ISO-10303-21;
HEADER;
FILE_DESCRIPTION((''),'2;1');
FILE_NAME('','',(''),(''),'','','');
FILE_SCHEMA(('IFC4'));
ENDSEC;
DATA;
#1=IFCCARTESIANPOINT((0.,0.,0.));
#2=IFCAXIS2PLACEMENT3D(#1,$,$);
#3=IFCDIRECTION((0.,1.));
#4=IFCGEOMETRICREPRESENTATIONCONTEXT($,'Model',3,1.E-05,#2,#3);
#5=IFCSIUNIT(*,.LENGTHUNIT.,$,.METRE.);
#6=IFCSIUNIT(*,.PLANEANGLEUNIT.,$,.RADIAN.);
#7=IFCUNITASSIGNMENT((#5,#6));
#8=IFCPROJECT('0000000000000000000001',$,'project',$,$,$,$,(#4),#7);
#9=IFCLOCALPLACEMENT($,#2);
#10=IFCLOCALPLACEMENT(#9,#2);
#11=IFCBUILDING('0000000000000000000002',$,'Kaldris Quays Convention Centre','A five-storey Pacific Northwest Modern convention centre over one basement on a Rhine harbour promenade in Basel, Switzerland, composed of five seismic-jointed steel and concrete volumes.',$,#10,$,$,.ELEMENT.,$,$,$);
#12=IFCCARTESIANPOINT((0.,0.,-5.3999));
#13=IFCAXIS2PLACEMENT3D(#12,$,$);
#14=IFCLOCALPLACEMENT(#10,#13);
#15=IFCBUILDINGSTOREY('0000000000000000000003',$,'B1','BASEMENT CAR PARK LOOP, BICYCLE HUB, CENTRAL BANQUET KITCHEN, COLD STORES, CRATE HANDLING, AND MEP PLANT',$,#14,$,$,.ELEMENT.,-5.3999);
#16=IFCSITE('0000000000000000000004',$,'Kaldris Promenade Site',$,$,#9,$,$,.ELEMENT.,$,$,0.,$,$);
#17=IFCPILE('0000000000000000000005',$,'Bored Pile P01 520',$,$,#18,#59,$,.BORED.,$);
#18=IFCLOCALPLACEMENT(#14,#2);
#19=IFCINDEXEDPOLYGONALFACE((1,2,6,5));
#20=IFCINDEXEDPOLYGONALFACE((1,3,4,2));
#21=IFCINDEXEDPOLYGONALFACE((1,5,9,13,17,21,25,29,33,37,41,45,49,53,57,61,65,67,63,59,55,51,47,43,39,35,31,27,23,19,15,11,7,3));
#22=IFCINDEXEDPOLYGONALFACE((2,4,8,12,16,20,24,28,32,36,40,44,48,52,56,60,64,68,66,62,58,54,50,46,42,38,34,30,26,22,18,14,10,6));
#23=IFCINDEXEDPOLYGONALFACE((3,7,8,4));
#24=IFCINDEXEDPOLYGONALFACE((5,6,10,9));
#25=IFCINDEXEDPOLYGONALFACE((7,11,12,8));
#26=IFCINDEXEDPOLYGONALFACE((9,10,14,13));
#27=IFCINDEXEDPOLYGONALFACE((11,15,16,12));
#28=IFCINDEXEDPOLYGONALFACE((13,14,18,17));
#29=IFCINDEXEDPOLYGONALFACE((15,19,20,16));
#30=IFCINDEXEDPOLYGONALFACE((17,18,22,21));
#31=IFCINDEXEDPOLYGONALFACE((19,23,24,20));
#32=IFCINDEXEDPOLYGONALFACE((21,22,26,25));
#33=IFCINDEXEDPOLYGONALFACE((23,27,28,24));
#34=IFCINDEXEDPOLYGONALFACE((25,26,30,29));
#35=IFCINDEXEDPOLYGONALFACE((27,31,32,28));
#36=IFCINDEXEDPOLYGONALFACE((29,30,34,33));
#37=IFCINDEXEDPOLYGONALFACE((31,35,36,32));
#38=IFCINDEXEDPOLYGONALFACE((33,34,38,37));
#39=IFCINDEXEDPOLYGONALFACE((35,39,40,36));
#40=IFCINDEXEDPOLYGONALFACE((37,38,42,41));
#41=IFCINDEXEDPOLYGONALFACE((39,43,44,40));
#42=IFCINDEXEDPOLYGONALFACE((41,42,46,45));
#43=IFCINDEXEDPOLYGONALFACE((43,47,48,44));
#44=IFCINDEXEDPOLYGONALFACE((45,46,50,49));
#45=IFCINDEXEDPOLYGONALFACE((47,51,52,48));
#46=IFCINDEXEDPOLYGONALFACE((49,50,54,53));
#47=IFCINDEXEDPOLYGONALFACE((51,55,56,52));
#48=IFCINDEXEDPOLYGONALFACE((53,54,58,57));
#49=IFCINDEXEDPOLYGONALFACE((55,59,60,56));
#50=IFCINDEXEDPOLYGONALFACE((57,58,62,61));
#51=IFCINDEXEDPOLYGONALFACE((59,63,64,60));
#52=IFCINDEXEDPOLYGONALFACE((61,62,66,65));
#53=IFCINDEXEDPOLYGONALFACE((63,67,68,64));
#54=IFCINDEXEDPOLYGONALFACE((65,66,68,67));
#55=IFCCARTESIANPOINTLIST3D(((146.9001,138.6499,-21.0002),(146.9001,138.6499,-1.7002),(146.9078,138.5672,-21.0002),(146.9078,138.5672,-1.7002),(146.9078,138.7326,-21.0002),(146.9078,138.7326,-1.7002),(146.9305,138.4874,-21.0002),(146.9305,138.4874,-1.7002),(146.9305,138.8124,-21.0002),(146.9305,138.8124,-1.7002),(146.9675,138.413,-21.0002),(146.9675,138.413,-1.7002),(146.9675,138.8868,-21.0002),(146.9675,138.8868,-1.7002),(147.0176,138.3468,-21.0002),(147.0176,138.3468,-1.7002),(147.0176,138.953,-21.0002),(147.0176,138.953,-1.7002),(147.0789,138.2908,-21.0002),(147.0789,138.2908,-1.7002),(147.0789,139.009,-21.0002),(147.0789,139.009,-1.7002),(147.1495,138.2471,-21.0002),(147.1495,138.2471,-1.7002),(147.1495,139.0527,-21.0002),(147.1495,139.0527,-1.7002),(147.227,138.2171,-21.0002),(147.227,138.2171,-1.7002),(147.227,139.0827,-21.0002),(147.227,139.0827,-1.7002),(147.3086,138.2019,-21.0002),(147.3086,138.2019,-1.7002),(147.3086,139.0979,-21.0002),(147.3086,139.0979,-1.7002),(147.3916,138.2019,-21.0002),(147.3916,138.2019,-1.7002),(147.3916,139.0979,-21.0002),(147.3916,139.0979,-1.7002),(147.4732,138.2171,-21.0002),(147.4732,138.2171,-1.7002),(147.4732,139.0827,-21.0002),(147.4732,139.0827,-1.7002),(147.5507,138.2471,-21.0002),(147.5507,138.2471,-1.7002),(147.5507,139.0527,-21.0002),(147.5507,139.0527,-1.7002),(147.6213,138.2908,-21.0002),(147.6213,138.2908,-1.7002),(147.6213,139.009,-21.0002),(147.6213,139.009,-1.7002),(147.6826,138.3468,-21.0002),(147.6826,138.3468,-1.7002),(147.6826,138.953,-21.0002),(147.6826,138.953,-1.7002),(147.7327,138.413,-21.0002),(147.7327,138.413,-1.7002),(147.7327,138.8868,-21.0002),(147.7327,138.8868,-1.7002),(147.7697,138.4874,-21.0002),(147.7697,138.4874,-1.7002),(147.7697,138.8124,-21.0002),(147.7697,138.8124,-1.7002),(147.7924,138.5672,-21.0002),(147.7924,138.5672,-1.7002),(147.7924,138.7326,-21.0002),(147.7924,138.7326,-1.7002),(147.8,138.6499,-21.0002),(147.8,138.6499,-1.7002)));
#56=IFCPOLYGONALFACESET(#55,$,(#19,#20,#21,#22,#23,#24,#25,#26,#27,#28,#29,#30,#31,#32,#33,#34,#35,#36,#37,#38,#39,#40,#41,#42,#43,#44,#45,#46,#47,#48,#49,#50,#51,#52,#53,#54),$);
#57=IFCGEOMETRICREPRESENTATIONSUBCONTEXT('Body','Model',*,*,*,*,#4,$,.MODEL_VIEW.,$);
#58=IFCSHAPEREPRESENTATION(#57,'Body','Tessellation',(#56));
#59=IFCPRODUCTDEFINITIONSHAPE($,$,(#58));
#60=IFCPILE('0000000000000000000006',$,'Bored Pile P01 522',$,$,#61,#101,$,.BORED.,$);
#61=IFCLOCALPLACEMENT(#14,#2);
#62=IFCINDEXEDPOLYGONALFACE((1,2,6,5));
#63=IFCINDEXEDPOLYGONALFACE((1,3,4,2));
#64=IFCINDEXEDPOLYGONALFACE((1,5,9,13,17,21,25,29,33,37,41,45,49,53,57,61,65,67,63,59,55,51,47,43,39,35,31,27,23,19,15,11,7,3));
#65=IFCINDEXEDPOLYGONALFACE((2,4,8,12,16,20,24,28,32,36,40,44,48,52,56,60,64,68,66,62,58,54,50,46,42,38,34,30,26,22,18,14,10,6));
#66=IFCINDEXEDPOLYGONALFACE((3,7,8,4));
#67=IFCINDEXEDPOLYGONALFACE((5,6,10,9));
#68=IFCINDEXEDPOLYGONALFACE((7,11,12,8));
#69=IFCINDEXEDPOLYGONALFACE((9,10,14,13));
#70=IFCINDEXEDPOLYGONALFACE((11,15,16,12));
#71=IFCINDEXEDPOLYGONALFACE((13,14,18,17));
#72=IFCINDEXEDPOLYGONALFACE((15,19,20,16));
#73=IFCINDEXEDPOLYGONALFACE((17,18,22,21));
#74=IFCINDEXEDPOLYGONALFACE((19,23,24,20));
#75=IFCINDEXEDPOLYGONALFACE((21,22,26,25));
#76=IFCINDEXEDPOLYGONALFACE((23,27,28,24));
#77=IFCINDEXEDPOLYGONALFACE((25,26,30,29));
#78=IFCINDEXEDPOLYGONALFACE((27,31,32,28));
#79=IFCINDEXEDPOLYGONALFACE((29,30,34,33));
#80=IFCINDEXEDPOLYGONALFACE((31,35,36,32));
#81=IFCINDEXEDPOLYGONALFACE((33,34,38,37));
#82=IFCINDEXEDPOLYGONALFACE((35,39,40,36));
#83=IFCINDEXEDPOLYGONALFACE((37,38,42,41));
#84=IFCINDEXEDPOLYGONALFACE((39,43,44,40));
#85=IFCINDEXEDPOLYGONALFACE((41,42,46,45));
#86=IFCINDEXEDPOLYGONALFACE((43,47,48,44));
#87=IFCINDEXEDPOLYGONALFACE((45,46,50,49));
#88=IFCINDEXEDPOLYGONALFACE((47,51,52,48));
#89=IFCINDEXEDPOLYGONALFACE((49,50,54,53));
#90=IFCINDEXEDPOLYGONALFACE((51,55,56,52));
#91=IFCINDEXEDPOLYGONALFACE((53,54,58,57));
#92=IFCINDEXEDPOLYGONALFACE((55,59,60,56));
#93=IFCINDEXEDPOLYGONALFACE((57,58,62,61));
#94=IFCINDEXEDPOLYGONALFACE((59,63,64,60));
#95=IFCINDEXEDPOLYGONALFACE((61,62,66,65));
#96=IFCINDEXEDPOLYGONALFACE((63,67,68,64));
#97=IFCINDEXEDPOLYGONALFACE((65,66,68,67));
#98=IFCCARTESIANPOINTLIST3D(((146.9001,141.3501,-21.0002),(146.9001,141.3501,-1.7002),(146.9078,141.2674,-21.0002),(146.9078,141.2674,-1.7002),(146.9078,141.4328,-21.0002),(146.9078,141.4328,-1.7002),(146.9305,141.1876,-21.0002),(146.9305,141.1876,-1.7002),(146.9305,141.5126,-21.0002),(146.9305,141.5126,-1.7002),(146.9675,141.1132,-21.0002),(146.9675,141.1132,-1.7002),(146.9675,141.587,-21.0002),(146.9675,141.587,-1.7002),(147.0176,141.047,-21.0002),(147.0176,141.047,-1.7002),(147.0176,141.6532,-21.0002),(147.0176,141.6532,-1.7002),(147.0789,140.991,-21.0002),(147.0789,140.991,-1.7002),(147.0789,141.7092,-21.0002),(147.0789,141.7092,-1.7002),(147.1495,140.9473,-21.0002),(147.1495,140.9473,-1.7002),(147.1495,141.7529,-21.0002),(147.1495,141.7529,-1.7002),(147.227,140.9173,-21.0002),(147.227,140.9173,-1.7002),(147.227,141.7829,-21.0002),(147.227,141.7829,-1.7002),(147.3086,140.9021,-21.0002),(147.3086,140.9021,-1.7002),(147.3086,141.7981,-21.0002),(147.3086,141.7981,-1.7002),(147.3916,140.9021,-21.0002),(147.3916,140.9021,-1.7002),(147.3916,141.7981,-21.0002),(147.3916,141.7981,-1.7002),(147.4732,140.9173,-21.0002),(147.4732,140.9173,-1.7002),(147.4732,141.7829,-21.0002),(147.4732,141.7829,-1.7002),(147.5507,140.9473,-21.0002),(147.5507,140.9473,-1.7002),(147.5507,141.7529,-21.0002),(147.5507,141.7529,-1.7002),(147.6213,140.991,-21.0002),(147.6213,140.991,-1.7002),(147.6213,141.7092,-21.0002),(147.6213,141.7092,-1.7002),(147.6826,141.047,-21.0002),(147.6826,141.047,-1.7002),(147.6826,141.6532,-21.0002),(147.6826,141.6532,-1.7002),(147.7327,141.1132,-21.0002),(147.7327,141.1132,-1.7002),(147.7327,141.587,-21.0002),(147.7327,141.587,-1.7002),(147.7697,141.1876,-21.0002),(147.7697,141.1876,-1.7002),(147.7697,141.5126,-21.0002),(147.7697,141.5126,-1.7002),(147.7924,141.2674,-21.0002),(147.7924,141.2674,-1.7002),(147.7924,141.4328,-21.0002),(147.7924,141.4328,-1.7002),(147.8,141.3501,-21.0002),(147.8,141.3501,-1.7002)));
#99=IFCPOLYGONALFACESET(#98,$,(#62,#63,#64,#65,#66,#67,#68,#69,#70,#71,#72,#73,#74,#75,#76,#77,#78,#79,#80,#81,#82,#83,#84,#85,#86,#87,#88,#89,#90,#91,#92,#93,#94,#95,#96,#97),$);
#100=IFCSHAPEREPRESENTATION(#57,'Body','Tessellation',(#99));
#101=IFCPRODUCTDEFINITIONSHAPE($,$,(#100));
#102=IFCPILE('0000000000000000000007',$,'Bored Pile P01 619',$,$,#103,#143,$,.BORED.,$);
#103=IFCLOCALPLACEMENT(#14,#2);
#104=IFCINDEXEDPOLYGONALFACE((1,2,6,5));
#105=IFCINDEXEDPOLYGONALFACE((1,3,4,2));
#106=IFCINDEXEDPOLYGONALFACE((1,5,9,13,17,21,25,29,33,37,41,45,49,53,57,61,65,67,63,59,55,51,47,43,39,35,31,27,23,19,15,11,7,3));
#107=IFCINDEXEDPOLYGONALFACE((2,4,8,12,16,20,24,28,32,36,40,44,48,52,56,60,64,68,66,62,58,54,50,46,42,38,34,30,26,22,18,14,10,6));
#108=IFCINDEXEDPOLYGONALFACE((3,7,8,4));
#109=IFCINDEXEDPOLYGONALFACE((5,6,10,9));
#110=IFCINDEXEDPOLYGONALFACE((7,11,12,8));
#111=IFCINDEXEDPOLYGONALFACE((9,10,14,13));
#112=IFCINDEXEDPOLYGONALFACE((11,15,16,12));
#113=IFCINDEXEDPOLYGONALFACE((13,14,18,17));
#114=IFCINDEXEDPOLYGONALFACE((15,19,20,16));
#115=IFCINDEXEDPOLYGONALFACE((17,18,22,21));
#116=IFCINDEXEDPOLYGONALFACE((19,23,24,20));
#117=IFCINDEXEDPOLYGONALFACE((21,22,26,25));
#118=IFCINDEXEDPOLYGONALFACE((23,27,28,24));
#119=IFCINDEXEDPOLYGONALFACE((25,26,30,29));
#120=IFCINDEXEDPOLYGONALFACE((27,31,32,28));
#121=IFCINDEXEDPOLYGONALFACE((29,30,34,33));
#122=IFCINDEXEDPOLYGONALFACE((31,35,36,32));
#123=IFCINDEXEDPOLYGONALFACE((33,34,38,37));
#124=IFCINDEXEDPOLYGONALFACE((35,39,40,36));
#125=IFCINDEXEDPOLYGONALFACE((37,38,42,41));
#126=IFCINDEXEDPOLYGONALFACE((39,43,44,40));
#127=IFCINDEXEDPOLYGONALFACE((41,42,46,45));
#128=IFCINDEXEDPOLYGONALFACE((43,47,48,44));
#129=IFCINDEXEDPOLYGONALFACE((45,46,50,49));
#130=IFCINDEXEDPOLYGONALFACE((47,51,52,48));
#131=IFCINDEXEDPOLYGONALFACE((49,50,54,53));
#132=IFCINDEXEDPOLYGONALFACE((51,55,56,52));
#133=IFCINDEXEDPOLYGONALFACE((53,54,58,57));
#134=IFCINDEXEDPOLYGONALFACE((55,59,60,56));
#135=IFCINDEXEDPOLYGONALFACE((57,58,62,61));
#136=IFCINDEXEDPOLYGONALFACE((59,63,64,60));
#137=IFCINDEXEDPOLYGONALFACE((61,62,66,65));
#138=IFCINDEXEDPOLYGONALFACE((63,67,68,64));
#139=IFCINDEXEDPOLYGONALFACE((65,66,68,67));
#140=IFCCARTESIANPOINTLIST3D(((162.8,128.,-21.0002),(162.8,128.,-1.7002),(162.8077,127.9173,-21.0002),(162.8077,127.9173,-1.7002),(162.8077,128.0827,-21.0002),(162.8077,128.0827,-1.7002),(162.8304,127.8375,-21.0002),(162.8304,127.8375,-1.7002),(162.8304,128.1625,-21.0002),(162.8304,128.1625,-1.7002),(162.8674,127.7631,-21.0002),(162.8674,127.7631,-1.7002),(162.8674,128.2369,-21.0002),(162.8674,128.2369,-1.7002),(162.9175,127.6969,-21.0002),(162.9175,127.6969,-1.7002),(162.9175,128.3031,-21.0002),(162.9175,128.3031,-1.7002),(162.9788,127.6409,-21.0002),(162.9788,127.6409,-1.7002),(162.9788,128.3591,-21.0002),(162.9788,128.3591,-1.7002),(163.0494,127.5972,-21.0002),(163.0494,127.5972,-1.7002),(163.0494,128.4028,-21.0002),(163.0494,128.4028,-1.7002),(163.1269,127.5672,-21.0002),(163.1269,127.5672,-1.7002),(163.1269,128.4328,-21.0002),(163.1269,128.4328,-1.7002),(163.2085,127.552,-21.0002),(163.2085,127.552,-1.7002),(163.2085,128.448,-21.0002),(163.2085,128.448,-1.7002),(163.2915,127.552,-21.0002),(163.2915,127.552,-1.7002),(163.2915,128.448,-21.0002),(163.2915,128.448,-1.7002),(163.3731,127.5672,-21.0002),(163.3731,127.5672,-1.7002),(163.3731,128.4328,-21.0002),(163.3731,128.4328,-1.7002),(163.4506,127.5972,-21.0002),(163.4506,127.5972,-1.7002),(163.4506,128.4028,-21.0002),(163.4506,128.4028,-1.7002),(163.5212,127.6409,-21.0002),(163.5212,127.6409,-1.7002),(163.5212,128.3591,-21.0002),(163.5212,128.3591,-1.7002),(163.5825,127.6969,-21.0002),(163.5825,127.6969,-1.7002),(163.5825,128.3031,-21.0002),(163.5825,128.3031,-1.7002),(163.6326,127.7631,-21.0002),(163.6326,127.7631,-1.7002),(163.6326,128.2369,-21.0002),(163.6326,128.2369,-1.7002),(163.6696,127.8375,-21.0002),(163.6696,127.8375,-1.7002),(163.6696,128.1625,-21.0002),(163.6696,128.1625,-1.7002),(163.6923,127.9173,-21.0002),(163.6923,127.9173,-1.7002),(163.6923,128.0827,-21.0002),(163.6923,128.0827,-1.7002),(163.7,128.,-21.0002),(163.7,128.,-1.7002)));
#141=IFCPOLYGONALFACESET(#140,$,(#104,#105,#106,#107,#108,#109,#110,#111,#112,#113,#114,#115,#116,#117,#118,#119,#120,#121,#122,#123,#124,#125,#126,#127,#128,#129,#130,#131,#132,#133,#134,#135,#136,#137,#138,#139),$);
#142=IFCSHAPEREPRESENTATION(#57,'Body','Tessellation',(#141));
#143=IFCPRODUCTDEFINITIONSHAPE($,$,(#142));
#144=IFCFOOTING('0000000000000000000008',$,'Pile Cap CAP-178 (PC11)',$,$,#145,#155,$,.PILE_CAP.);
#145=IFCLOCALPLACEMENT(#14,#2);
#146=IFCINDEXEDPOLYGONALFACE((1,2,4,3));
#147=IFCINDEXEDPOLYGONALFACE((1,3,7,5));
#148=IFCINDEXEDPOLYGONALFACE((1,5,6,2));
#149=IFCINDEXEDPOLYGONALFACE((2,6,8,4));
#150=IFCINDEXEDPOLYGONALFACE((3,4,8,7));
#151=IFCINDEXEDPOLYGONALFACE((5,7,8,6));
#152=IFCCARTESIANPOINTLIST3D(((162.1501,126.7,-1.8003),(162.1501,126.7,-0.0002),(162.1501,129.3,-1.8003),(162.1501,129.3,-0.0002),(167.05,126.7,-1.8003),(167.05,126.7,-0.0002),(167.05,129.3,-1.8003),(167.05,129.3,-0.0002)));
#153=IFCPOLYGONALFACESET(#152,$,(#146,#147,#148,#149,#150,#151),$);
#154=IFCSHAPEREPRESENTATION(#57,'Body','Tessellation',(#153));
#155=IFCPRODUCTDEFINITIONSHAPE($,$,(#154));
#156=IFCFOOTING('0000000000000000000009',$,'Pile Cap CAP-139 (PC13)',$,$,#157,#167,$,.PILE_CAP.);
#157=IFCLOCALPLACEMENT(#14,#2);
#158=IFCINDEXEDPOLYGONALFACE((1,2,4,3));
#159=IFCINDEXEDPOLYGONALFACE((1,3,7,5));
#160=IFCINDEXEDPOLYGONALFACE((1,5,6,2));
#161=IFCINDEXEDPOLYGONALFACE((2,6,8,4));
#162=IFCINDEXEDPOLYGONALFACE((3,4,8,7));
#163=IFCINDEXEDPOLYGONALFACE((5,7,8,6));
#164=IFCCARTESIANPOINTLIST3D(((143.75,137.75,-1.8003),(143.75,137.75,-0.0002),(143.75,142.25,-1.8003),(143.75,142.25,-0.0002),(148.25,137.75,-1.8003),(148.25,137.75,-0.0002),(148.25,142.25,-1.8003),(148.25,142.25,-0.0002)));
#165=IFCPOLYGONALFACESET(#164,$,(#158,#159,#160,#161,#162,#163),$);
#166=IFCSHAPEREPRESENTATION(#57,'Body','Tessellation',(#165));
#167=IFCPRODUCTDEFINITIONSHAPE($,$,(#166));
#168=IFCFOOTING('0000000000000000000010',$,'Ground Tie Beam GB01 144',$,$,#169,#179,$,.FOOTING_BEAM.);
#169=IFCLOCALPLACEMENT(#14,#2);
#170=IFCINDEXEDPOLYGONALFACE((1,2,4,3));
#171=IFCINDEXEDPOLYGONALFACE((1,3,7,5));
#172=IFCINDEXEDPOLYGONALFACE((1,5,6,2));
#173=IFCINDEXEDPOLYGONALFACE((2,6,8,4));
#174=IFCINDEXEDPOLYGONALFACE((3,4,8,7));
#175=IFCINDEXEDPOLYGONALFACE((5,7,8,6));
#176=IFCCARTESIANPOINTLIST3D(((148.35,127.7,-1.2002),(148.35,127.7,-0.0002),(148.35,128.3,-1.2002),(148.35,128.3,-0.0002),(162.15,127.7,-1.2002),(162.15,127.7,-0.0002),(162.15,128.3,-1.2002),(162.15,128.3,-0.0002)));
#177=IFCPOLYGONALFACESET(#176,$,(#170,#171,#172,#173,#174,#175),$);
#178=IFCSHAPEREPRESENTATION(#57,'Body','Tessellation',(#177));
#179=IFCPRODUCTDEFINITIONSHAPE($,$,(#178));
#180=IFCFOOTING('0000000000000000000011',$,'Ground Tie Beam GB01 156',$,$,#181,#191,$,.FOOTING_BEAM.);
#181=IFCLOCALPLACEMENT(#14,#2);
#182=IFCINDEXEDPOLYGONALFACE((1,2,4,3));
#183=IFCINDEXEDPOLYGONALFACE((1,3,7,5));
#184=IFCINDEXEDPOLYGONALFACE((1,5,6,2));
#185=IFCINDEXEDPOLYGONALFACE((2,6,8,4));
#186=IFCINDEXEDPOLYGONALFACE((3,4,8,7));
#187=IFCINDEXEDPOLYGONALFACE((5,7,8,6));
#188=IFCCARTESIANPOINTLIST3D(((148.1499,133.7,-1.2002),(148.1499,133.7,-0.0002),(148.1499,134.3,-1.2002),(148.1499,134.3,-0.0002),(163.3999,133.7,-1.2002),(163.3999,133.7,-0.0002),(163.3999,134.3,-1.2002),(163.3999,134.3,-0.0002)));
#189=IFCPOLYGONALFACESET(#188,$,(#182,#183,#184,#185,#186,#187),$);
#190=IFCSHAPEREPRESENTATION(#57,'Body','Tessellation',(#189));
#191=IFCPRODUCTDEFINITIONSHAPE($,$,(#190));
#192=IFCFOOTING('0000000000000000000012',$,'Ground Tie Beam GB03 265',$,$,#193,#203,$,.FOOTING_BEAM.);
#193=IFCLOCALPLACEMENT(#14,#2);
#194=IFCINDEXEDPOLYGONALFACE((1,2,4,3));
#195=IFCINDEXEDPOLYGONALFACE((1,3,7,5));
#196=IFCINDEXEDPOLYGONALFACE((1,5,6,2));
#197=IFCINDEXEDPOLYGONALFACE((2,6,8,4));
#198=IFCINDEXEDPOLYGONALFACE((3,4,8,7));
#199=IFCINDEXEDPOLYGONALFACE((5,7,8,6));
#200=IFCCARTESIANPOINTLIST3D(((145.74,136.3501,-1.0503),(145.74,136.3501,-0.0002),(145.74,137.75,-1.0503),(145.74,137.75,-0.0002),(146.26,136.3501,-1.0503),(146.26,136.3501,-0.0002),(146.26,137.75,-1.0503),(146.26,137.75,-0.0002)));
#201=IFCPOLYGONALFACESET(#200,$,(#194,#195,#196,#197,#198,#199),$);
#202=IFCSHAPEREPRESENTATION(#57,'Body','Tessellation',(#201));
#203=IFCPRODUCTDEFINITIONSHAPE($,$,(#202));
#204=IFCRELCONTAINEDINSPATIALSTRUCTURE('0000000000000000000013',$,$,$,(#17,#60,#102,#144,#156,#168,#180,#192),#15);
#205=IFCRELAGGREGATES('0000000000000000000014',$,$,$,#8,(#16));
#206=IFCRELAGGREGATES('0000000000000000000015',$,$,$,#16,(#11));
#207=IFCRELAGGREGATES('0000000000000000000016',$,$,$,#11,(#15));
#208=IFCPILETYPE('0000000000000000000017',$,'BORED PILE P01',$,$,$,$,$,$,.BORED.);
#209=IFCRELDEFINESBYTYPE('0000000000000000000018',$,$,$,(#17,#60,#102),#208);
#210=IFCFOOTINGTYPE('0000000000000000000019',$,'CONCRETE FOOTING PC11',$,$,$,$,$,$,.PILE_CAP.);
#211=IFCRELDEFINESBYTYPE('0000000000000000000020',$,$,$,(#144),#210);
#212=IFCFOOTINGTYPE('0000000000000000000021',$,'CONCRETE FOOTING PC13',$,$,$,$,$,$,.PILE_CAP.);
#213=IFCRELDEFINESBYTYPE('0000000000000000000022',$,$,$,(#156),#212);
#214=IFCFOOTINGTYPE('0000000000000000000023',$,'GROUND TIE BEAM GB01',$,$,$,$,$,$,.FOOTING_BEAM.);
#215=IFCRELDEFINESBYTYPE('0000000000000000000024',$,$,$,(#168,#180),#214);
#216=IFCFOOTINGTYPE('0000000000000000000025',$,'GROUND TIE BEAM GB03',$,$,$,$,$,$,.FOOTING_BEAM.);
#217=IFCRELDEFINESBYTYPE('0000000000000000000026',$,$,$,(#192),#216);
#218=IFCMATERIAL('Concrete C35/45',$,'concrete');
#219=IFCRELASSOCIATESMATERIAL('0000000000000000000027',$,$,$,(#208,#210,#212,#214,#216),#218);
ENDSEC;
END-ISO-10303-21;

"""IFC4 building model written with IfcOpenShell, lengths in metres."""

from ifc_helpers import new_model, si_unit, direction, frame, origin, origin_2d, place, context, subcontext, project, spatial, rectangle, circle, extrude, material, material_profile, profile_set, type_object, element, save


model = new_model("IFC4")

# Units and contexts
model_context = context("Model", 3, precision=1e-05, world=origin(), true_north=direction((0.0, 1.0)))
body_context = subcontext(model_context, "Body", "Model", "MODEL_VIEW")
ifc_project = project(units=[si_unit("LENGTHUNIT", "METRE"), si_unit("PLANEANGLEUNIT", "RADIAN")], contexts=[model_context])

# Site, building, storey
site_placement = place(None, origin())
site = spatial("IfcSite", under=ifc_project, at=site_placement, Name="Kaldris Promenade Site", CompositionType="ELEMENT", RefElevation=0.0)
building_placement = place(site_placement, origin())
building = spatial("IfcBuilding", under=site, at=building_placement, Name="Kaldris Quays Convention Centre", Description="A five-storey Pacific Northwest Modern convention centre over one basement on a Rhine harbour promenade in Basel, Switzerland, composed of five seismic-jointed steel and concrete volumes.", CompositionType="ELEMENT")
storey_placement = place(building_placement, frame((0.0, 0.0, -5.3999)))
storey = spatial("IfcBuildingStorey", under=building, at=storey_placement, Name="B1", Description="BASEMENT CAR PARK LOOP, BICYCLE HUB, CENTRAL BANQUET KITCHEN, COLD STORES, CRATE HANDLING, AND MEP PLANT", CompositionType="ELEMENT", Elevation=-5.3999)

# Piles
ifc_material_1 = material(Name="Concrete C35/45", Category="concrete")
ifc_material_profile_1 = material_profile(ifc_material_1, circle(Radius=0.45, at=origin_2d()), Name="BORED PILE D900")
ifc_profile_set_1 = profile_set([ifc_material_profile_1], Name="Concrete C35/45")
pile_type = type_object("IfcPileType", Name="BORED PILE P01", PredefinedType="BORED", material=ifc_profile_set_1)
for number, where, z_axis, x_axis, name in (
    (1, (147.3501, 138.6499, -1.7002), (0.0, 0.0, -1.0), (1.0, 0.0, 0.0), "Bored Pile P01 520"),
    (2, (147.3501, 141.3501, -1.7002), (0.0, 0.0, -1.0), (1.0, 0.0, 0.0), "Bored Pile P01 522"),
    (3, (163.25, 128.0, -1.7002), (0.0, 0.0, -1.0), (1.0, 0.0, 0.0), "Bored Pile P01 619"),
):
    element("IfcPile", number, at=place(storey_placement, frame(where, z_axis=z_axis, x_axis=x_axis)), inside=storey, type_object=pile_type, Name=name, PredefinedType="BORED", context=body_context, shape_type="SweptSolid", body=[
        extrude(circle(Radius=0.45, at=origin_2d()), origin(), (0.0, 0.0, 1.0), 19.3),
    ])

# Footings
footing_type_1 = type_object("IfcFootingType", Name="CONCRETE FOOTING PC11", PredefinedType="PILE_CAP", material=ifc_material_1)
footing_1_placement = place(storey_placement, frame((164.6001, 128.0, -1.8003), z_axis=(0.0, 0.0, 1.0), x_axis=(1.0, 0.0, 0.0)))
element("IfcFooting", 4, at=footing_1_placement, inside=storey, type_object=footing_type_1, Name="Pile Cap CAP-178 (PC11)", PredefinedType="PILE_CAP", context=body_context, shape_type="SweptSolid", body=[
    extrude(rectangle(XDim=4.8999, YDim=2.6001, at=origin_2d()), origin(), (0.0, 0.0, 1.0), 1.8),
])
footing_type_2 = type_object("IfcFootingType", Name="CONCRETE FOOTING PC13", PredefinedType="PILE_CAP", material=ifc_material_1)
footing_2_placement = place(storey_placement, frame((146.0, 140.0, -1.8003), z_axis=(0.0, 0.0, 1.0), x_axis=(1.0, 0.0, 0.0)))
element("IfcFooting", 5, at=footing_2_placement, inside=storey, type_object=footing_type_2, Name="Pile Cap CAP-139 (PC13)", PredefinedType="PILE_CAP", context=body_context, shape_type="SweptSolid", body=[
    extrude(rectangle(XDim=4.5, YDim=4.5, at=origin_2d()), origin(), (0.0, 0.0, 1.0), 1.8),
])
footing_type_3 = type_object("IfcFootingType", Name="GROUND TIE BEAM GB01", PredefinedType="FOOTING_BEAM", material=ifc_material_1)
footing_3_placement = place(storey_placement, frame((155.25, 128.0, -1.2002), z_axis=(0.0, 0.0, 1.0), x_axis=(1.0, 0.0, 0.0)))
element("IfcFooting", 6, at=footing_3_placement, inside=storey, type_object=footing_type_3, Name="Ground Tie Beam GB01 144", PredefinedType="FOOTING_BEAM", context=body_context, shape_type="SweptSolid", body=[
    extrude(rectangle(XDim=13.8, YDim=0.6001, at=origin_2d()), origin(), (0.0, 0.0, 1.0), 1.2),
])
footing_4_placement = place(storey_placement, frame((155.7749, 134.0, -1.2002), z_axis=(0.0, 0.0, 1.0), x_axis=(1.0, 0.0, 0.0)))
element("IfcFooting", 7, at=footing_4_placement, inside=storey, type_object=footing_type_3, Name="Ground Tie Beam GB01 156", PredefinedType="FOOTING_BEAM", context=body_context, shape_type="SweptSolid", body=[
    extrude(rectangle(XDim=15.25, YDim=0.6001, at=origin_2d()), origin(), (0.0, 0.0, 1.0), 1.2),
])
footing_type_4 = type_object("IfcFootingType", Name="GROUND TIE BEAM GB03", PredefinedType="FOOTING_BEAM", material=ifc_material_1)
footing_5_placement = place(storey_placement, frame((146.0, 137.05, -1.0503), z_axis=(0.0, 0.0, 1.0), x_axis=(1.0, 0.0, 0.0)))
element("IfcFooting", 8, at=footing_5_placement, inside=storey, type_object=footing_type_4, Name="Ground Tie Beam GB03 265", PredefinedType="FOOTING_BEAM", context=body_context, shape_type="SweptSolid", body=[
    extrude(rectangle(XDim=0.52, YDim=1.3999, at=origin_2d()), origin(), (0.0, 0.0, 1.0), 1.05),
])

save(model, "model.ifc")
